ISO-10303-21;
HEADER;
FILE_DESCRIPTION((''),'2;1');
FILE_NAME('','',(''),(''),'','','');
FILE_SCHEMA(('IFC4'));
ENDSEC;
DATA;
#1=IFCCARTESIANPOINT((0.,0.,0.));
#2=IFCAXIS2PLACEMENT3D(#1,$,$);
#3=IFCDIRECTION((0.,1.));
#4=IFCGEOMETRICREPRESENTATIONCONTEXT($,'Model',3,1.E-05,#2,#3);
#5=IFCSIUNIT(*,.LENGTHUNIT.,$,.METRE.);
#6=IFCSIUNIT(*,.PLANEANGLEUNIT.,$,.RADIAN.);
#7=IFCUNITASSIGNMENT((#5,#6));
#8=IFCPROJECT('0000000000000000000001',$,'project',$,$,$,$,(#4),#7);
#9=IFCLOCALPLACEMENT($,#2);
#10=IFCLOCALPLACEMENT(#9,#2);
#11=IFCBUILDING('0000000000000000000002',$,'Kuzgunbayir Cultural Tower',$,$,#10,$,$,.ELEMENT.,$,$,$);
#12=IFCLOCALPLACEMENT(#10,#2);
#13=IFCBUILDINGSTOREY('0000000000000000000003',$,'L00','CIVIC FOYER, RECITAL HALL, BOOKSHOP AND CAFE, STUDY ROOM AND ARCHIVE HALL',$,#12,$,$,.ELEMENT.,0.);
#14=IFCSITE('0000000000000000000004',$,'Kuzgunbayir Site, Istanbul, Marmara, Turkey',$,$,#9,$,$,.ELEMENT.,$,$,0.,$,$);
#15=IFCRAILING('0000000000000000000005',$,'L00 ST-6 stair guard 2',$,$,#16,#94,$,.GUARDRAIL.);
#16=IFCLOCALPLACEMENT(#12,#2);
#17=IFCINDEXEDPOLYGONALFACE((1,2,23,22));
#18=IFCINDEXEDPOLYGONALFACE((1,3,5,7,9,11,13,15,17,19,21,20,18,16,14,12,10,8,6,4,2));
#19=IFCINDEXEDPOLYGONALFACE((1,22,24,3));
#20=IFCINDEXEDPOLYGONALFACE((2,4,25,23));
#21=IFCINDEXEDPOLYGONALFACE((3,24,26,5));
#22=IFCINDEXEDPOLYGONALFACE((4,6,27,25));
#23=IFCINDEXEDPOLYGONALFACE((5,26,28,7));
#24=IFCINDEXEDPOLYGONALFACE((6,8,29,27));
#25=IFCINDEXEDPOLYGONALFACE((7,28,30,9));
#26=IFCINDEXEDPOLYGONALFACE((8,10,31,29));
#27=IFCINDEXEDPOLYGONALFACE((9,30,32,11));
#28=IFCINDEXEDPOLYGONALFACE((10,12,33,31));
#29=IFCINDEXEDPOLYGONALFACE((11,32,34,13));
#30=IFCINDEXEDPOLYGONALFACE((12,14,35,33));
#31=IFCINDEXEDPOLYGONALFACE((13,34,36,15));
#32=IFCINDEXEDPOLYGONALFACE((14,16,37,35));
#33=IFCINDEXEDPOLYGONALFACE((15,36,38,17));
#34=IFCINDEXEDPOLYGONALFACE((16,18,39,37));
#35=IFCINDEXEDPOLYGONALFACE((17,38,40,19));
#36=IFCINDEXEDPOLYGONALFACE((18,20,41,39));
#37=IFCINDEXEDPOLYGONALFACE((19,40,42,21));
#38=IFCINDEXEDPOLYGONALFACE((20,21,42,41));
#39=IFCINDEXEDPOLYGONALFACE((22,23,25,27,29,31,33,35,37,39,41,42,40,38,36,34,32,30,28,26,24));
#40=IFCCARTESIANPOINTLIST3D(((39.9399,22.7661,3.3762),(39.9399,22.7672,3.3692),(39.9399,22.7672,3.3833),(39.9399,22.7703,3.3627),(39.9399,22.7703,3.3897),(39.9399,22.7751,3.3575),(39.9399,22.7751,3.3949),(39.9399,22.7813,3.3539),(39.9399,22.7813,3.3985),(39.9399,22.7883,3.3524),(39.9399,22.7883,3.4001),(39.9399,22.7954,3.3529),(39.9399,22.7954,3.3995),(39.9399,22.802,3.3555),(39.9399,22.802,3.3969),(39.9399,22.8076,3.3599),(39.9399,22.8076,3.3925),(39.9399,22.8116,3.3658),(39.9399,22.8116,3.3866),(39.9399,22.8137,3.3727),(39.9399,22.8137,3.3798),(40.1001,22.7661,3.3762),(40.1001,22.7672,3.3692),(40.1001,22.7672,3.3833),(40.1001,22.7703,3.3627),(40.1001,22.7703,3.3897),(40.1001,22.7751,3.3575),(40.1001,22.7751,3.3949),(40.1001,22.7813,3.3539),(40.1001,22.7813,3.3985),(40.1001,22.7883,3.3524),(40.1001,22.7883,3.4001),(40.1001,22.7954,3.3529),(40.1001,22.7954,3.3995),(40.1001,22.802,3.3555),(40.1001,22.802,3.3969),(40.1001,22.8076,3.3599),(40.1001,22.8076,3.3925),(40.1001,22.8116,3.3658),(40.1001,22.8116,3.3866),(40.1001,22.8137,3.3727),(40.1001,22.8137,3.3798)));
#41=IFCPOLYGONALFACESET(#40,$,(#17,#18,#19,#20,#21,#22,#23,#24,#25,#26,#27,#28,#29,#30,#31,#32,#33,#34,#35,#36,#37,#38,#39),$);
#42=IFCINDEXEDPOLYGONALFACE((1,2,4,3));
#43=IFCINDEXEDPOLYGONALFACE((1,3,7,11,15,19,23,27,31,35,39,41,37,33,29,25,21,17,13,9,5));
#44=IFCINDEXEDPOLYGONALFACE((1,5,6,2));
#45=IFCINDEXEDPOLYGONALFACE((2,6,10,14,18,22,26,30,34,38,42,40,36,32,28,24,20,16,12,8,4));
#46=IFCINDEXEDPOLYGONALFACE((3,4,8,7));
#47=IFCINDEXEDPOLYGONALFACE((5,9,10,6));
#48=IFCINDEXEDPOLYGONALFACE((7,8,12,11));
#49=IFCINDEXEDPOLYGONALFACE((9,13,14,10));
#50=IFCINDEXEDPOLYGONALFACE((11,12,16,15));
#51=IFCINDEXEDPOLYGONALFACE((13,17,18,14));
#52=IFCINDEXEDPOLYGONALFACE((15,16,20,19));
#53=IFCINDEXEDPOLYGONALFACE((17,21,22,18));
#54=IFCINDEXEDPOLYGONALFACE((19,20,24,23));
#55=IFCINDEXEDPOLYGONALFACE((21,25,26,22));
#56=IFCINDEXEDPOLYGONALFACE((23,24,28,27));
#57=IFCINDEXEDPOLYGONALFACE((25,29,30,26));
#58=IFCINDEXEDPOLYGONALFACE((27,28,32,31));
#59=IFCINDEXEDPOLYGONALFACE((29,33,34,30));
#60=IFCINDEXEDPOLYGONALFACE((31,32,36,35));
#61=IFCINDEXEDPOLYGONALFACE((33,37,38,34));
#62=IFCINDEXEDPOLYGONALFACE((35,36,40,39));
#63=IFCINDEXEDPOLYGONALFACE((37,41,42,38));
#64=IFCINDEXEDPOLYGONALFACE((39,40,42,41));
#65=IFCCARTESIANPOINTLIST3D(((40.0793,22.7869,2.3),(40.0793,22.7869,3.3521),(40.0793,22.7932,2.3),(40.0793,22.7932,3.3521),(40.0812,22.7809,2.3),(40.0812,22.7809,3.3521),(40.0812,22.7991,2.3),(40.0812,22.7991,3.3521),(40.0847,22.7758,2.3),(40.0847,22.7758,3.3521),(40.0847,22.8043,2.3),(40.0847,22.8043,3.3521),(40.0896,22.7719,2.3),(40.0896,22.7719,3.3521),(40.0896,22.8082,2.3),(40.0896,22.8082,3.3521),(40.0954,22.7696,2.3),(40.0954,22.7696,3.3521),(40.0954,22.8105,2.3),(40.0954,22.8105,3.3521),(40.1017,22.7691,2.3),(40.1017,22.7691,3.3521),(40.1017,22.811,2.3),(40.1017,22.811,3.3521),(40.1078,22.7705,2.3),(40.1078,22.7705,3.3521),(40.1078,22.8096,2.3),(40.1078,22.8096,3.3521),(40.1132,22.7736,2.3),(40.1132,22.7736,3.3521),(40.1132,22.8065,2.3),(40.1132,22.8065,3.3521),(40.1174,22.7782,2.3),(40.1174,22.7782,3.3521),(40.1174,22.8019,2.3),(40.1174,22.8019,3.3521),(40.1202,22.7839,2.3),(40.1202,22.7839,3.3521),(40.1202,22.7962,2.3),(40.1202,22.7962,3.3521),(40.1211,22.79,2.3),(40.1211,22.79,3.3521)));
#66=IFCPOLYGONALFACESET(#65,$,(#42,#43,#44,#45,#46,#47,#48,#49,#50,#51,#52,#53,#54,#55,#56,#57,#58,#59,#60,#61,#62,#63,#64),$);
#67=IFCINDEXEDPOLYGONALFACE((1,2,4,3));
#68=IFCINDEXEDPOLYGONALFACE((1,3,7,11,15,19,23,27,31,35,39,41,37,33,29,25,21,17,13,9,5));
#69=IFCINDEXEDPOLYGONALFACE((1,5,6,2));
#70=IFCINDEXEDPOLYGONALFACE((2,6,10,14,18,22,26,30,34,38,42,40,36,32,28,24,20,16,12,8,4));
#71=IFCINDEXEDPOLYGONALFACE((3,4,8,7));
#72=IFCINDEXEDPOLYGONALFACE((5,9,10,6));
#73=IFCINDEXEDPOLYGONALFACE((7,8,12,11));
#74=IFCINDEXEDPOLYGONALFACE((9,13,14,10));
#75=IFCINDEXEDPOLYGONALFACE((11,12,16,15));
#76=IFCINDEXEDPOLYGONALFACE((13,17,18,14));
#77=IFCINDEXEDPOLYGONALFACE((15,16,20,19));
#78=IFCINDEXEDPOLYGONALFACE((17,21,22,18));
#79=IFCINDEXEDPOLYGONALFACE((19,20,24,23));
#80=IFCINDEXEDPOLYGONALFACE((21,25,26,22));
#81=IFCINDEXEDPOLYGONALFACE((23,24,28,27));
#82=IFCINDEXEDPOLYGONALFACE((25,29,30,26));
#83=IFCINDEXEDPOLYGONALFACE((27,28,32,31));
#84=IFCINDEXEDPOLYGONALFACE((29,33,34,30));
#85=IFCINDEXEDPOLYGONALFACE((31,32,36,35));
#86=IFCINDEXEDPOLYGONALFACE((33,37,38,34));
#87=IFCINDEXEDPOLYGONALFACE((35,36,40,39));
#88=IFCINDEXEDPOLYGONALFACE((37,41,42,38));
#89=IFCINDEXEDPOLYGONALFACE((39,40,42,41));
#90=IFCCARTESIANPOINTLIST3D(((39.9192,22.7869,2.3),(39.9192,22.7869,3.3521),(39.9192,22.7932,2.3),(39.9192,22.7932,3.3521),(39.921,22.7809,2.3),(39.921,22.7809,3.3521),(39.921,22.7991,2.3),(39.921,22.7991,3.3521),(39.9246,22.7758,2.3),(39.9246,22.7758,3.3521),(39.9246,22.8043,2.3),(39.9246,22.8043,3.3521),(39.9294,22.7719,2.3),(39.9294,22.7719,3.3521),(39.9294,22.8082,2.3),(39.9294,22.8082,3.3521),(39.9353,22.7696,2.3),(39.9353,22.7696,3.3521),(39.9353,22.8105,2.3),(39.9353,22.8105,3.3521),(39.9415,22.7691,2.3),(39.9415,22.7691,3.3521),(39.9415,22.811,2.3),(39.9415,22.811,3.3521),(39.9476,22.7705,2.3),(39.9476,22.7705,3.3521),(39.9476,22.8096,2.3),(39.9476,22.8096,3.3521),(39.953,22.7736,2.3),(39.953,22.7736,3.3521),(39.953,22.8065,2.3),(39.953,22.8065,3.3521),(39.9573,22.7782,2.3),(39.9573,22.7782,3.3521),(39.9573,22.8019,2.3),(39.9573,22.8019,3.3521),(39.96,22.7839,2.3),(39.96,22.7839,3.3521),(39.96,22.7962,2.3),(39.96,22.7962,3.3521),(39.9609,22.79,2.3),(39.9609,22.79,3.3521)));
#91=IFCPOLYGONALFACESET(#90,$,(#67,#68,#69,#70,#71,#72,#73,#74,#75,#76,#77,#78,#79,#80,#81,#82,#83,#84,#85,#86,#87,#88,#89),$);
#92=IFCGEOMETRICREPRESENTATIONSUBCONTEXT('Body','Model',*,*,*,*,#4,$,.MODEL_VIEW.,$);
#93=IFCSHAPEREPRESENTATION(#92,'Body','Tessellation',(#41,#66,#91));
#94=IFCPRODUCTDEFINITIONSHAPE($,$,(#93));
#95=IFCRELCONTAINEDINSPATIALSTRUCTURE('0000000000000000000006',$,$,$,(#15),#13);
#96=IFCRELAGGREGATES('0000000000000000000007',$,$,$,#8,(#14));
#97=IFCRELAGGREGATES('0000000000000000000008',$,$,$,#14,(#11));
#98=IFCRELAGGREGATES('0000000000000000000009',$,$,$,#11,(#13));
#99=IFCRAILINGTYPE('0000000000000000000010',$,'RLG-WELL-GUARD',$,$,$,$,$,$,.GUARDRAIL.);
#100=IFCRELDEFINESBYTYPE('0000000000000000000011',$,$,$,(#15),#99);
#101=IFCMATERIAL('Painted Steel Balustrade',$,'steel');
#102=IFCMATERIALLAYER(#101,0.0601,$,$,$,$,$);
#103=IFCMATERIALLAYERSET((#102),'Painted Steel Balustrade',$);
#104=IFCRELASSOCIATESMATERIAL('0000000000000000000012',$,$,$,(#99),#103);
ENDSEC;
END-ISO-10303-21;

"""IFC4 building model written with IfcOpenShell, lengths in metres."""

from ifc_helpers import new_model, si_unit, direction, frame, origin, origin_2d, place, context, subcontext, project, spatial, circle, extrude, material, layer, layer_set, type_object, element, save


model = new_model("IFC4")

# Units and contexts
model_context = context("Model", 3, precision=1e-05, world=origin(), true_north=direction((0.0, 1.0)))
body_context = subcontext(model_context, "Body", "Model", "MODEL_VIEW")
ifc_project = project(units=[si_unit("LENGTHUNIT", "METRE"), si_unit("PLANEANGLEUNIT", "RADIAN")], contexts=[model_context])

# Site, building, storey
site_placement = place(None, origin())
site = spatial("IfcSite", under=ifc_project, at=site_placement, Name="Kuzgunbayir Site, Istanbul, Marmara, Turkey", CompositionType="ELEMENT", RefElevation=0.0)
building_placement = place(site_placement, origin())
building = spatial("IfcBuilding", under=site, at=building_placement, Name="Kuzgunbayir Cultural Tower", CompositionType="ELEMENT")
storey_placement = place(building_placement, origin())
storey = spatial("IfcBuildingStorey", under=building, at=storey_placement, Name="L00", Description="CIVIC FOYER, RECITAL HALL, BOOKSHOP AND CAFE, STUDY ROOM AND ARCHIVE HALL", CompositionType="ELEMENT", Elevation=0.0)

# Railing
ifc_material_1 = material(Name="Painted Steel Balustrade", Category="steel")
ifc_layer_1 = layer(ifc_material_1, 0.0601)
ifc_layer_set_1 = layer_set([ifc_layer_1], Name="Painted Steel Balustrade")
railing_type_1 = type_object("IfcRailingType", Name="RLG-WELL-GUARD", PredefinedType="GUARDRAIL", material=ifc_layer_set_1)
railing_1_placement = place(storey_placement, frame((40.1001, 22.79, 2.3)))
element("IfcRailing", 1, at=railing_1_placement, inside=storey, type_object=railing_type_1, Name="L00 ST-6 stair guard 2", PredefinedType="GUARDRAIL", context=body_context, shape_type="SweptSolid", body=[
    extrude(circle(Radius=0.0239, at=origin_2d()), frame((0.0, 0.0, 1.0762), z_axis=(-1.0, 0.0, 0.0), x_axis=(0.0, -1.0, 0.0)), (0.0, 0.0, 1.0), 0.1602),
    extrude(circle(Radius=0.021, at=origin_2d()), origin(), (0.0, 0.0, 1.0), 1.052),
    extrude(circle(Radius=0.021, at=origin_2d()), frame((-0.1602, 0.0, 0.0)), (0.0, 0.0, 1.0), 1.052),
])

save(model, "model.ifc")
